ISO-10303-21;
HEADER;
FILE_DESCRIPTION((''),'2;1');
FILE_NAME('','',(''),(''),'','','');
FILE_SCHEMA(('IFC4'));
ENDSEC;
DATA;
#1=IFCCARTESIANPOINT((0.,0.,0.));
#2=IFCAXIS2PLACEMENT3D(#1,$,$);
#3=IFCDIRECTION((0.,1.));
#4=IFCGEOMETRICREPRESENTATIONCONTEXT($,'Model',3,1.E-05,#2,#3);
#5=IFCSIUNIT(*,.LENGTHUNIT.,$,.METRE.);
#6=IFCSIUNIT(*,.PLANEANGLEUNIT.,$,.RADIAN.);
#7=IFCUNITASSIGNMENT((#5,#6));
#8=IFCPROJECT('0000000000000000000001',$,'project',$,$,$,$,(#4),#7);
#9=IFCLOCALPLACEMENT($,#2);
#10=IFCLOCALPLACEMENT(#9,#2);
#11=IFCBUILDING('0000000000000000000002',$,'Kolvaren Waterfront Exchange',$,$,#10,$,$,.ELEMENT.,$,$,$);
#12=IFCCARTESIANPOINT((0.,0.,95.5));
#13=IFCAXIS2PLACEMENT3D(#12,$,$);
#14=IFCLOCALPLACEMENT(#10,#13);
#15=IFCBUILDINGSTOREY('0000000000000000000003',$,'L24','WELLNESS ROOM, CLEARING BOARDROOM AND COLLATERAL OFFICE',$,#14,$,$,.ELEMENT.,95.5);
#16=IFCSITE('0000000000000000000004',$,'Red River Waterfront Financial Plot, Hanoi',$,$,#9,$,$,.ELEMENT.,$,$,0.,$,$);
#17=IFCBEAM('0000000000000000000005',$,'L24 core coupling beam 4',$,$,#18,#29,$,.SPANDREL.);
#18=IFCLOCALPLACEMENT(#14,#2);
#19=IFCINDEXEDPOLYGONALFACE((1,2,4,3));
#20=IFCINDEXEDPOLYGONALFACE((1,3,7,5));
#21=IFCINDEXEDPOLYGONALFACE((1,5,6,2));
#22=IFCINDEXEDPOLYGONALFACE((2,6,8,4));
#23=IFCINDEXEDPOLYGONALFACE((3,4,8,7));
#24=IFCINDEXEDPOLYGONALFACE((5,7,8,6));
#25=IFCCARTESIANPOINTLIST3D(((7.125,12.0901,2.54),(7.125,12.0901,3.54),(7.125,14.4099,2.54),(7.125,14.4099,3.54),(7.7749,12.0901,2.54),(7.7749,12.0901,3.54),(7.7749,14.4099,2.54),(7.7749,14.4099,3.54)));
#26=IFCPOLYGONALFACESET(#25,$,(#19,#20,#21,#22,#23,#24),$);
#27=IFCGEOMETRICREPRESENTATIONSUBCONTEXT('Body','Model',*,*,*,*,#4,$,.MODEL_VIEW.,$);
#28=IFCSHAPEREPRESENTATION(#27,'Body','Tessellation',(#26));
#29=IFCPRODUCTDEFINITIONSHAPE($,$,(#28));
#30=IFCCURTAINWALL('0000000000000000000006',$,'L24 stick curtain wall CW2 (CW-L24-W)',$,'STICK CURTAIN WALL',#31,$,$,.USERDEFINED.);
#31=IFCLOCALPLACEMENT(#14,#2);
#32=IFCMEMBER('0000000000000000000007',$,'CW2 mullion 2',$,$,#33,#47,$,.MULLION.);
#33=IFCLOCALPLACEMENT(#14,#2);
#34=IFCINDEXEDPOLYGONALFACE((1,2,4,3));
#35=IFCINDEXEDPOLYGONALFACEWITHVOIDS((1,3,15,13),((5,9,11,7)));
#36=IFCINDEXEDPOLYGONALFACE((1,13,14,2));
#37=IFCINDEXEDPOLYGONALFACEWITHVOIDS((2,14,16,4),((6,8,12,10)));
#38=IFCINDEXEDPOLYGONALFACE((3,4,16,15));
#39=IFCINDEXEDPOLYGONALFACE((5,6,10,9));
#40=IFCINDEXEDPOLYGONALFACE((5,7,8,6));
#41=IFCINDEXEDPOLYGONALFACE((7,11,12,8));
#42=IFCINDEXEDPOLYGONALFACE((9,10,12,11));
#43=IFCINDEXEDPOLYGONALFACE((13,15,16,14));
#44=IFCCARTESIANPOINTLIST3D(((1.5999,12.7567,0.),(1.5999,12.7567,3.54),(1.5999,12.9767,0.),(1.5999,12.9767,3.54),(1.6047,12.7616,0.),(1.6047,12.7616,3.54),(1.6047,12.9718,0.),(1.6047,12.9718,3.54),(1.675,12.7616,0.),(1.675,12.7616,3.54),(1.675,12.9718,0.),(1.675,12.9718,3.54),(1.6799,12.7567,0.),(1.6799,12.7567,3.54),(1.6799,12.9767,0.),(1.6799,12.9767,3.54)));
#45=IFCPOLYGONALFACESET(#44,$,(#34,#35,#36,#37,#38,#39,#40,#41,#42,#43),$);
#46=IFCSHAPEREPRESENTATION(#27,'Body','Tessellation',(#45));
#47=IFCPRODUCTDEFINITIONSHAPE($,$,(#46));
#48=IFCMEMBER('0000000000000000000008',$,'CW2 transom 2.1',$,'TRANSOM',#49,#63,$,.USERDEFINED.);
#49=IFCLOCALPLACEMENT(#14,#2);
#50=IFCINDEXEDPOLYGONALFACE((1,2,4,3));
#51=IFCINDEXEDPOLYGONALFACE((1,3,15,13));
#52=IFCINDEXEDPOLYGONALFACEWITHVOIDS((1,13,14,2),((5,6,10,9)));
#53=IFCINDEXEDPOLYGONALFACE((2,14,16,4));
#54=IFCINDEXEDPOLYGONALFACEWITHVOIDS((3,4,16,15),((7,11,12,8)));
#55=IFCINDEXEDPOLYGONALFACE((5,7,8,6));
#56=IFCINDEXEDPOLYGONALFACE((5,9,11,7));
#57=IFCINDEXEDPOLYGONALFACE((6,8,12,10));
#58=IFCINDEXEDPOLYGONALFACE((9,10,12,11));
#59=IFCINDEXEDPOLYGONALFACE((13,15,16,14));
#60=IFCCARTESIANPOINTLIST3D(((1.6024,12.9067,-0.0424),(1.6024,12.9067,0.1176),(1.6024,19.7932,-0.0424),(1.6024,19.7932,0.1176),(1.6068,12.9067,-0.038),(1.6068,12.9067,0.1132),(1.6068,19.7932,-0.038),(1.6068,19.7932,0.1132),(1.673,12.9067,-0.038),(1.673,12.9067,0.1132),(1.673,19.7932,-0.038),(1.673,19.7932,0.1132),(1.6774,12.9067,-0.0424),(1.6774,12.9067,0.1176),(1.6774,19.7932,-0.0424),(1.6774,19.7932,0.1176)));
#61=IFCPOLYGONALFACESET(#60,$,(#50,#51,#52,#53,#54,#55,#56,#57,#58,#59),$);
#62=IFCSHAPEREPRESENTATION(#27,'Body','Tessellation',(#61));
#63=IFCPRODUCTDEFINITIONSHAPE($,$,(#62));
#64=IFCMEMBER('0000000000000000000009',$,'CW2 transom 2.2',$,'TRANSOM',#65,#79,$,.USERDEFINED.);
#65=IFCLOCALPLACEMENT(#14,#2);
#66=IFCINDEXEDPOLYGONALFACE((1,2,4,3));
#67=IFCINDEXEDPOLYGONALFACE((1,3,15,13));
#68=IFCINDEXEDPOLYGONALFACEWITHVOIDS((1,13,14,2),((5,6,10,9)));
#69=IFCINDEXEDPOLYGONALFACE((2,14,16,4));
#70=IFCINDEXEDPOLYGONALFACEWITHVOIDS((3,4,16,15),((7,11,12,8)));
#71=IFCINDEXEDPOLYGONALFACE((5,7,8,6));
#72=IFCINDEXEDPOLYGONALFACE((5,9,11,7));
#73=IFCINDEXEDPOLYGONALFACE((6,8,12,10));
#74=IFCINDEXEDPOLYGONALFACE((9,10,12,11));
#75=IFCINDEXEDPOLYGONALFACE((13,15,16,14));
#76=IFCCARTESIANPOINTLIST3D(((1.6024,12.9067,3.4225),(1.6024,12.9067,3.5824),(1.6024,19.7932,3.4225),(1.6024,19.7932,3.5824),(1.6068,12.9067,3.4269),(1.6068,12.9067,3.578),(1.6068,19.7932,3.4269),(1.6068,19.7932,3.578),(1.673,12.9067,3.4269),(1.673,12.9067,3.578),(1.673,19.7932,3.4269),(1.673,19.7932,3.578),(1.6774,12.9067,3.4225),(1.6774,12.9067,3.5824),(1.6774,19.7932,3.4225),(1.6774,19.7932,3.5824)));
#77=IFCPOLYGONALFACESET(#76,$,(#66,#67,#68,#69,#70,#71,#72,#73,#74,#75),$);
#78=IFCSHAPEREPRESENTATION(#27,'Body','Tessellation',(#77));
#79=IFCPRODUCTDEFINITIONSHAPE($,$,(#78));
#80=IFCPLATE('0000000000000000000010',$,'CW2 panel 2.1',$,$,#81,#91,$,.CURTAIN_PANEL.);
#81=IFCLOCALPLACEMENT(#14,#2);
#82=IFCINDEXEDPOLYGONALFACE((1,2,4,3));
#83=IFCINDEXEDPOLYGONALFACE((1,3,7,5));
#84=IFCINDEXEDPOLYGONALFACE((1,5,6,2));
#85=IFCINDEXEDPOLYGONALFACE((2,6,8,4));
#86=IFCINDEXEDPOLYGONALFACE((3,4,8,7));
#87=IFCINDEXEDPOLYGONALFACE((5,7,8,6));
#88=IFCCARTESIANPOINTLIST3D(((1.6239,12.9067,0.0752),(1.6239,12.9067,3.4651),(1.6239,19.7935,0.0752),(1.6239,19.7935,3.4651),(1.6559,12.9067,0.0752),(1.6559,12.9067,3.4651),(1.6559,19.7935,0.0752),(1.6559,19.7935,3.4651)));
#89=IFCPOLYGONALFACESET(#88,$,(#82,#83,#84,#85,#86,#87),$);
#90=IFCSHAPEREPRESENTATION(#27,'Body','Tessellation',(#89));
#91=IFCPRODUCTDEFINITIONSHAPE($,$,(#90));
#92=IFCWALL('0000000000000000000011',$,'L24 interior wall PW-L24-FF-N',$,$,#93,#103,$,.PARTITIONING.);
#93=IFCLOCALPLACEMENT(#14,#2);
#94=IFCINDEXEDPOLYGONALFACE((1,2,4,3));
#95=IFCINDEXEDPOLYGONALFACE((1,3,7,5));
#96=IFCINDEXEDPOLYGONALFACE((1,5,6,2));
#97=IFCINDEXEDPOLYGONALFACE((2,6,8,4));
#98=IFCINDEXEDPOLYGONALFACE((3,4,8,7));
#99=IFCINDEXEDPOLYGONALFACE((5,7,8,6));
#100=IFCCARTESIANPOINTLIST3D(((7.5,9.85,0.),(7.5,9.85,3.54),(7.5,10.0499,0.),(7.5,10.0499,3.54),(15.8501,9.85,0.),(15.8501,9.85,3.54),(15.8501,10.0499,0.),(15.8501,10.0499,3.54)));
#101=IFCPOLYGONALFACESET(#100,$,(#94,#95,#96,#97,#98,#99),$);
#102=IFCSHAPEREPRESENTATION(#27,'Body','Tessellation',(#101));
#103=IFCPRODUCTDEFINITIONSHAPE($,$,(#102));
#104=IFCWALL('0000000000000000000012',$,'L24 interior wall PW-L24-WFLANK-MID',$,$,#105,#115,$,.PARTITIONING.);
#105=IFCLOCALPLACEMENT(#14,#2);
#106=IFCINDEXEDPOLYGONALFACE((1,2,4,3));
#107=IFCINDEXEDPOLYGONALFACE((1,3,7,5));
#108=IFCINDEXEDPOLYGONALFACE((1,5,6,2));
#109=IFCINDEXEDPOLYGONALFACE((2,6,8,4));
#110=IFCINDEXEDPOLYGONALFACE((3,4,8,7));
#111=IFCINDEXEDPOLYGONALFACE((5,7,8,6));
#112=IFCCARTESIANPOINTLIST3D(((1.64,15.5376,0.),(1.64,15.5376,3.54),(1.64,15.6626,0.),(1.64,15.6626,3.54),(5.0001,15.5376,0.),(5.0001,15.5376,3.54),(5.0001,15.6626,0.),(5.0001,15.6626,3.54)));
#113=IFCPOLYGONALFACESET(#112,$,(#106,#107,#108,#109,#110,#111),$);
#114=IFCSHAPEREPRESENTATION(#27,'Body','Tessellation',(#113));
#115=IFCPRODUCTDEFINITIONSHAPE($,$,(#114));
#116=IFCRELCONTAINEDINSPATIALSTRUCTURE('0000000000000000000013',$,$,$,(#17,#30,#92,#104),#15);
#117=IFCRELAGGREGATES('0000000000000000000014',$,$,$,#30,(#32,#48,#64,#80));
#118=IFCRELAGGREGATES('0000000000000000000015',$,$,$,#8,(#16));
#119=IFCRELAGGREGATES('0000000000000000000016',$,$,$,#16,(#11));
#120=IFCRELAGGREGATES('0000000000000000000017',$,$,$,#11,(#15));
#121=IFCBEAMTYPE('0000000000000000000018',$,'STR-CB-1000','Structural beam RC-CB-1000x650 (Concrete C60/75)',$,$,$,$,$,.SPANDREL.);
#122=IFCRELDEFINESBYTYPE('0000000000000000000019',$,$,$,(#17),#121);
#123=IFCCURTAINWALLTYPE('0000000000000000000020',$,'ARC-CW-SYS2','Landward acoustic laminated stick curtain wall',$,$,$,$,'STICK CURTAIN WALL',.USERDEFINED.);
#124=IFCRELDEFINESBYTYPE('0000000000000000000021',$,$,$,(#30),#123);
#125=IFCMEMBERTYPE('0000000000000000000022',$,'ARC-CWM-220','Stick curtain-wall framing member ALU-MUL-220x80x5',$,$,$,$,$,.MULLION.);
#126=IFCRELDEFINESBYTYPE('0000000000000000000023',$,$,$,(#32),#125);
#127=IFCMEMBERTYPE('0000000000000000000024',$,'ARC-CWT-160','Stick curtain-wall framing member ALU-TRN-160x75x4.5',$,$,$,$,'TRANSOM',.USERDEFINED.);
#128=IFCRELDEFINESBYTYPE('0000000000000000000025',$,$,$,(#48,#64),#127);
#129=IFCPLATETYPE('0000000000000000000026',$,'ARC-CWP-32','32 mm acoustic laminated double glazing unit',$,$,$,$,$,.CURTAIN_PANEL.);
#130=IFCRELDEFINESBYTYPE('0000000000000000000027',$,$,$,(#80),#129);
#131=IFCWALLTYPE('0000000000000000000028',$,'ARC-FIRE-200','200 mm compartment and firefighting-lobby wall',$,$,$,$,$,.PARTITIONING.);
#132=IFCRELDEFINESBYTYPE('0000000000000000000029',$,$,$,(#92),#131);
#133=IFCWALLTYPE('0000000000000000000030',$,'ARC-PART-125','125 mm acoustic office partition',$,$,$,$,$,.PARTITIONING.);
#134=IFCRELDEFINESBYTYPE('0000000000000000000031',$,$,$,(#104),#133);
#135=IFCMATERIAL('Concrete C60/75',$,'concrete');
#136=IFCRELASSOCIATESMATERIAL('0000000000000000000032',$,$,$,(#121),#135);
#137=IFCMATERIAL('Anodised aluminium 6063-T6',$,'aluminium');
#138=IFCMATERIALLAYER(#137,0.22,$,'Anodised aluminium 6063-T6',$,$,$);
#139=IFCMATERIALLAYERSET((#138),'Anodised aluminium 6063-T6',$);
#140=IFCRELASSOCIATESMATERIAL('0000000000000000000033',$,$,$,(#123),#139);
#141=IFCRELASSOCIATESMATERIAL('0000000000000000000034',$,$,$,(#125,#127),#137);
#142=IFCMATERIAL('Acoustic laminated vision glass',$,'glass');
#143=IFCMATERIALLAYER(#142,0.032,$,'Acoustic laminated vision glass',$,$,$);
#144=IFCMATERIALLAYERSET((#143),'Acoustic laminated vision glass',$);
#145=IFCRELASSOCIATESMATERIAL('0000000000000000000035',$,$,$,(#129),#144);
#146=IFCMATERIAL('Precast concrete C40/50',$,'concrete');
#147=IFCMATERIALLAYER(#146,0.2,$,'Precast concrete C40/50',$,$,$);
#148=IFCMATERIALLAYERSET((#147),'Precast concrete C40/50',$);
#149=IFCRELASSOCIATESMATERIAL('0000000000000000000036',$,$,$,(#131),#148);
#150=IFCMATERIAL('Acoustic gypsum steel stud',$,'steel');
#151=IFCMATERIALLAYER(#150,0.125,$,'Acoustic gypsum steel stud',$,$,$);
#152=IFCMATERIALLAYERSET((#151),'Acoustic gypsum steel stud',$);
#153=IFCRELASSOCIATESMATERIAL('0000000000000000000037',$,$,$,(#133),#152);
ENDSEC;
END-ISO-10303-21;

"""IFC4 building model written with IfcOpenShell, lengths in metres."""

from ifc_helpers import new_model, si_unit, direction, frame, frame_2d, origin, origin_with_axes, origin_2d, place, context, subcontext, project, spatial, rectangle, hollow_rectangle, extrude, source, transform, mapped, material, layer, layer_set, material_profile, profile_set, type_object, element, aggregate, save


model = new_model("IFC4")

# Units and contexts
model_context = context("Model", 3, precision=1e-05, world=origin(), true_north=direction((0.0, 1.0)))
body_context = subcontext(model_context, "Body", "Model", "MODEL_VIEW")
ifc_project = project(units=[si_unit("LENGTHUNIT", "METRE"), si_unit("PLANEANGLEUNIT", "RADIAN")], contexts=[model_context])

# Site, building, storey
site_placement = place(None, origin())
site = spatial("IfcSite", under=ifc_project, at=site_placement, Name="Red River Waterfront Financial Plot, Hanoi", CompositionType="ELEMENT", RefElevation=0.0)
building_placement = place(site_placement, origin())
building = spatial("IfcBuilding", under=site, at=building_placement, Name="Kolvaren Waterfront Exchange", CompositionType="ELEMENT")
storey_placement = place(building_placement, frame((0.0, 0.0, 95.5)))
storey = spatial("IfcBuildingStorey", under=building, at=storey_placement, Name="L24", Description="WELLNESS ROOM, CLEARING BOARDROOM AND COLLATERAL OFFICE", CompositionType="ELEMENT", Elevation=95.5)

# Beam
ifc_material_1 = material(Name="Concrete C60/75", Category="concrete")
ifc_material_profile_1 = material_profile(ifc_material_1, rectangle(XDim=0.6499, YDim=1.0, at=origin_2d()), Name="RC-CB-1000x650")
ifc_profile_set_1 = profile_set([ifc_material_profile_1], Name="Concrete C60/75")
beam_type = type_object("IfcBeamType", Name="STR-CB-1000", Description="Structural beam RC-CB-1000x650 (Concrete C60/75)", PredefinedType="SPANDREL", material=ifc_profile_set_1)
beam_placement = place(storey_placement, frame((7.45, 12.0901, 3.04), z_axis=(0.0, 1.0, 0.0), x_axis=(-1.0, 0.0, 0.0)))
element("IfcBeam", 1, at=beam_placement, inside=storey, type_object=beam_type, Name="L24 core coupling beam 4", PredefinedType="SPANDREL", context=body_context, shape_type="SweptSolid", body=[
    extrude(rectangle(XDim=0.6499, YDim=1.0, at=origin_2d()), origin(), (0.0, 0.0, 1.0), 2.3198),
])

# Curtain wall, members, plate
ifc_material_2 = material(Name="Anodised aluminium 6063-T6", Category="aluminium")
ifc_layer_1 = layer(ifc_material_2, 0.22, Name="Anodised aluminium 6063-T6")
ifc_layer_set_1 = layer_set([ifc_layer_1], Name="Anodised aluminium 6063-T6")
curtain_wall_type = type_object("IfcCurtainWallType", Name="ARC-CW-SYS2", Description="Landward acoustic laminated stick curtain wall", ElementType="STICK CURTAIN WALL", PredefinedType="USERDEFINED", material=ifc_layer_set_1)
curtain_wall_placement = place(storey_placement, origin())
curtain_wall = element("IfcCurtainWall", 2, at=curtain_wall_placement, inside=storey, type_object=curtain_wall_type, Name="L24 stick curtain wall CW2 (CW-L24-W)", ObjectType="STICK CURTAIN WALL", PredefinedType="USERDEFINED")
ifc_material_profile_2 = material_profile(ifc_material_2, hollow_rectangle(XDim=0.0801, YDim=0.22, WallThickness=0.0049, at=origin_2d()), Name="ALU-MUL-220x80x5")
ifc_profile_set_2 = profile_set([ifc_material_profile_2], Name="Anodised aluminium 6063-T6")
member_type_1 = type_object("IfcMemberType", Name="ARC-CWM-220", Description="Stick curtain-wall framing member ALU-MUL-220x80x5", PredefinedType="MULLION", material=ifc_profile_set_2)
shared_shape_1 = source(origin_with_axes(), body_context, "Body", "SweptSolid", [
    extrude(hollow_rectangle(XDim=0.0801, YDim=0.22, WallThickness=0.0049, at=origin_2d()), origin(), (0.0, 0.0, 1.0), 3.54),
])
member_1_placement = place(storey_placement, frame((1.6399, 12.8667, 0.0), z_axis=(0.0, 0.0, 1.0), x_axis=(-1.0, 0.0, 0.0)))
member_1 = element("IfcMember", 3, at=member_1_placement, type_object=member_type_1, Name="CW2 mullion 2", PredefinedType="MULLION", context=body_context, shape_type="MappedRepresentation", body=[
    mapped(shared_shape_1, transform((0.0, 0.0, 0.0), x_axis=(1.0, 0.0, 0.0), y_axis=(0.0, 1.0, 0.0), z_axis=(0.0, 0.0, 1.0), scale=1.0)),
])
ifc_material_profile_3 = material_profile(ifc_material_2, hollow_rectangle(XDim=0.075, YDim=0.1599, WallThickness=0.0044, at=origin_2d()), Name="ALU-TRN-160x75x4.5")
ifc_profile_set_3 = profile_set([ifc_material_profile_3], Name="Anodised aluminium 6063-T6")
member_type_2 = type_object("IfcMemberType", Name="ARC-CWT-160", Description="Stick curtain-wall framing member ALU-TRN-160x75x4.5", ElementType="TRANSOM", PredefinedType="USERDEFINED", material=ifc_profile_set_3)
shared_shape_2 = source(origin_with_axes(), body_context, "Body", "SweptSolid", [
    extrude(hollow_rectangle(XDim=0.075, YDim=0.1599, WallThickness=0.0044, at=origin_2d()), origin(), (0.0, 0.0, 1.0), 6.8865),
])
member_2_placement = place(storey_placement, frame((1.6399, 12.9067, 0.0376), z_axis=(0.0, 1.0, 0.0), x_axis=(-1.0, 0.0, 0.0)))
member_2 = element("IfcMember", 4, at=member_2_placement, type_object=member_type_2, Name="CW2 transom 2.1", ObjectType="TRANSOM", PredefinedType="USERDEFINED", context=body_context, shape_type="MappedRepresentation", body=[
    mapped(shared_shape_2, transform((0.0, 0.0, 0.0), x_axis=(1.0, 0.0, 0.0), y_axis=(0.0, 1.0, 0.0), z_axis=(0.0, 0.0, 1.0), scale=1.0)),
])
member_3_placement = place(storey_placement, frame((1.6399, 12.9067, 3.5024), z_axis=(0.0, 1.0, 0.0), x_axis=(-1.0, 0.0, 0.0)))
member_3 = element("IfcMember", 5, at=member_3_placement, type_object=member_type_2, Name="CW2 transom 2.2", ObjectType="TRANSOM", PredefinedType="USERDEFINED", context=body_context, shape_type="MappedRepresentation", body=[
    mapped(shared_shape_2, transform((0.0, 0.0, 0.0), x_axis=(1.0, 0.0, 0.0), y_axis=(0.0, 1.0, 0.0), z_axis=(0.0, 0.0, 1.0), scale=1.0)),
])
ifc_material_3 = material(Name="Acoustic laminated vision glass", Category="glass")
ifc_layer_2 = layer(ifc_material_3, 0.032, Name="Acoustic laminated vision glass")
ifc_layer_set_2 = layer_set([ifc_layer_2], Name="Acoustic laminated vision glass")
plate_type = type_object("IfcPlateType", Name="ARC-CWP-32", Description="32 mm acoustic laminated double glazing unit", PredefinedType="CURTAIN_PANEL", material=ifc_layer_set_2)
shared_shape_3 = source(origin_with_axes(), body_context, "Body", "SweptSolid", [
    extrude(rectangle(XDim=6.8867, YDim=0.032, at=origin_2d()), origin(), (0.0, 0.0, 1.0), 3.3899),
])
plate_placement = place(storey_placement, frame((1.6399, 16.3501, 0.0752), z_axis=(0.0, 0.0, 1.0), x_axis=(0.0, 1.0, 0.0)))
plate = element("IfcPlate", 6, at=plate_placement, type_object=plate_type, Name="CW2 panel 2.1", PredefinedType="CURTAIN_PANEL", context=body_context, shape_type="MappedRepresentation", body=[
    mapped(shared_shape_3, transform((0.0, 0.0, 0.0), x_axis=(1.0, 0.0, 0.0), y_axis=(0.0, 1.0, 0.0), z_axis=(0.0, 0.0, 1.0), scale=1.0)),
])
aggregate(curtain_wall, [member_1, member_2, member_3, plate])

# Walls
ifc_material_4 = material(Name="Precast concrete C40/50", Category="concrete")
ifc_layer_3 = layer(ifc_material_4, 0.2, Name="Precast concrete C40/50")
ifc_layer_set_3 = layer_set([ifc_layer_3], Name="Precast concrete C40/50")
wall_type_1 = type_object("IfcWallType", Name="ARC-FIRE-200", Description="200 mm compartment and firefighting-lobby wall", PredefinedType="PARTITIONING", material=ifc_layer_set_3)
wall_1_placement = place(storey_placement, frame((7.5, 9.95, 0.0), z_axis=(0.0, 0.0, 1.0), x_axis=(1.0, 0.0, 0.0)))
element("IfcWall", 7, at=wall_1_placement, inside=storey, type_object=wall_type_1, Name="L24 interior wall PW-L24-FF-N", PredefinedType="PARTITIONING", context=body_context, shape_type="SweptSolid", body=[
    extrude(rectangle(XDim=8.3501, YDim=0.2, at=frame_2d((4.175, 0.0))), origin(), (0.0, 0.0, 1.0), 3.54),
])
ifc_material_5 = material(Name="Acoustic gypsum steel stud", Category="steel")
ifc_layer_4 = layer(ifc_material_5, 0.125, Name="Acoustic gypsum steel stud")
ifc_layer_set_4 = layer_set([ifc_layer_4], Name="Acoustic gypsum steel stud")
wall_type_2 = type_object("IfcWallType", Name="ARC-PART-125", Description="125 mm acoustic office partition", PredefinedType="PARTITIONING", material=ifc_layer_set_4)
wall_2_placement = place(storey_placement, frame((1.6399, 15.6001, 0.0), z_axis=(0.0, 0.0, 1.0), x_axis=(1.0, 0.0, 0.0)))
element("IfcWall", 8, at=wall_2_placement, inside=storey, type_object=wall_type_2, Name="L24 interior wall PW-L24-WFLANK-MID", PredefinedType="PARTITIONING", context=body_context, shape_type="SweptSolid", body=[
    extrude(rectangle(XDim=3.3601, YDim=0.125, at=frame_2d((1.6802, 0.0))), origin(), (0.0, 0.0, 1.0), 3.54),
])

save(model, "model.ifc")
